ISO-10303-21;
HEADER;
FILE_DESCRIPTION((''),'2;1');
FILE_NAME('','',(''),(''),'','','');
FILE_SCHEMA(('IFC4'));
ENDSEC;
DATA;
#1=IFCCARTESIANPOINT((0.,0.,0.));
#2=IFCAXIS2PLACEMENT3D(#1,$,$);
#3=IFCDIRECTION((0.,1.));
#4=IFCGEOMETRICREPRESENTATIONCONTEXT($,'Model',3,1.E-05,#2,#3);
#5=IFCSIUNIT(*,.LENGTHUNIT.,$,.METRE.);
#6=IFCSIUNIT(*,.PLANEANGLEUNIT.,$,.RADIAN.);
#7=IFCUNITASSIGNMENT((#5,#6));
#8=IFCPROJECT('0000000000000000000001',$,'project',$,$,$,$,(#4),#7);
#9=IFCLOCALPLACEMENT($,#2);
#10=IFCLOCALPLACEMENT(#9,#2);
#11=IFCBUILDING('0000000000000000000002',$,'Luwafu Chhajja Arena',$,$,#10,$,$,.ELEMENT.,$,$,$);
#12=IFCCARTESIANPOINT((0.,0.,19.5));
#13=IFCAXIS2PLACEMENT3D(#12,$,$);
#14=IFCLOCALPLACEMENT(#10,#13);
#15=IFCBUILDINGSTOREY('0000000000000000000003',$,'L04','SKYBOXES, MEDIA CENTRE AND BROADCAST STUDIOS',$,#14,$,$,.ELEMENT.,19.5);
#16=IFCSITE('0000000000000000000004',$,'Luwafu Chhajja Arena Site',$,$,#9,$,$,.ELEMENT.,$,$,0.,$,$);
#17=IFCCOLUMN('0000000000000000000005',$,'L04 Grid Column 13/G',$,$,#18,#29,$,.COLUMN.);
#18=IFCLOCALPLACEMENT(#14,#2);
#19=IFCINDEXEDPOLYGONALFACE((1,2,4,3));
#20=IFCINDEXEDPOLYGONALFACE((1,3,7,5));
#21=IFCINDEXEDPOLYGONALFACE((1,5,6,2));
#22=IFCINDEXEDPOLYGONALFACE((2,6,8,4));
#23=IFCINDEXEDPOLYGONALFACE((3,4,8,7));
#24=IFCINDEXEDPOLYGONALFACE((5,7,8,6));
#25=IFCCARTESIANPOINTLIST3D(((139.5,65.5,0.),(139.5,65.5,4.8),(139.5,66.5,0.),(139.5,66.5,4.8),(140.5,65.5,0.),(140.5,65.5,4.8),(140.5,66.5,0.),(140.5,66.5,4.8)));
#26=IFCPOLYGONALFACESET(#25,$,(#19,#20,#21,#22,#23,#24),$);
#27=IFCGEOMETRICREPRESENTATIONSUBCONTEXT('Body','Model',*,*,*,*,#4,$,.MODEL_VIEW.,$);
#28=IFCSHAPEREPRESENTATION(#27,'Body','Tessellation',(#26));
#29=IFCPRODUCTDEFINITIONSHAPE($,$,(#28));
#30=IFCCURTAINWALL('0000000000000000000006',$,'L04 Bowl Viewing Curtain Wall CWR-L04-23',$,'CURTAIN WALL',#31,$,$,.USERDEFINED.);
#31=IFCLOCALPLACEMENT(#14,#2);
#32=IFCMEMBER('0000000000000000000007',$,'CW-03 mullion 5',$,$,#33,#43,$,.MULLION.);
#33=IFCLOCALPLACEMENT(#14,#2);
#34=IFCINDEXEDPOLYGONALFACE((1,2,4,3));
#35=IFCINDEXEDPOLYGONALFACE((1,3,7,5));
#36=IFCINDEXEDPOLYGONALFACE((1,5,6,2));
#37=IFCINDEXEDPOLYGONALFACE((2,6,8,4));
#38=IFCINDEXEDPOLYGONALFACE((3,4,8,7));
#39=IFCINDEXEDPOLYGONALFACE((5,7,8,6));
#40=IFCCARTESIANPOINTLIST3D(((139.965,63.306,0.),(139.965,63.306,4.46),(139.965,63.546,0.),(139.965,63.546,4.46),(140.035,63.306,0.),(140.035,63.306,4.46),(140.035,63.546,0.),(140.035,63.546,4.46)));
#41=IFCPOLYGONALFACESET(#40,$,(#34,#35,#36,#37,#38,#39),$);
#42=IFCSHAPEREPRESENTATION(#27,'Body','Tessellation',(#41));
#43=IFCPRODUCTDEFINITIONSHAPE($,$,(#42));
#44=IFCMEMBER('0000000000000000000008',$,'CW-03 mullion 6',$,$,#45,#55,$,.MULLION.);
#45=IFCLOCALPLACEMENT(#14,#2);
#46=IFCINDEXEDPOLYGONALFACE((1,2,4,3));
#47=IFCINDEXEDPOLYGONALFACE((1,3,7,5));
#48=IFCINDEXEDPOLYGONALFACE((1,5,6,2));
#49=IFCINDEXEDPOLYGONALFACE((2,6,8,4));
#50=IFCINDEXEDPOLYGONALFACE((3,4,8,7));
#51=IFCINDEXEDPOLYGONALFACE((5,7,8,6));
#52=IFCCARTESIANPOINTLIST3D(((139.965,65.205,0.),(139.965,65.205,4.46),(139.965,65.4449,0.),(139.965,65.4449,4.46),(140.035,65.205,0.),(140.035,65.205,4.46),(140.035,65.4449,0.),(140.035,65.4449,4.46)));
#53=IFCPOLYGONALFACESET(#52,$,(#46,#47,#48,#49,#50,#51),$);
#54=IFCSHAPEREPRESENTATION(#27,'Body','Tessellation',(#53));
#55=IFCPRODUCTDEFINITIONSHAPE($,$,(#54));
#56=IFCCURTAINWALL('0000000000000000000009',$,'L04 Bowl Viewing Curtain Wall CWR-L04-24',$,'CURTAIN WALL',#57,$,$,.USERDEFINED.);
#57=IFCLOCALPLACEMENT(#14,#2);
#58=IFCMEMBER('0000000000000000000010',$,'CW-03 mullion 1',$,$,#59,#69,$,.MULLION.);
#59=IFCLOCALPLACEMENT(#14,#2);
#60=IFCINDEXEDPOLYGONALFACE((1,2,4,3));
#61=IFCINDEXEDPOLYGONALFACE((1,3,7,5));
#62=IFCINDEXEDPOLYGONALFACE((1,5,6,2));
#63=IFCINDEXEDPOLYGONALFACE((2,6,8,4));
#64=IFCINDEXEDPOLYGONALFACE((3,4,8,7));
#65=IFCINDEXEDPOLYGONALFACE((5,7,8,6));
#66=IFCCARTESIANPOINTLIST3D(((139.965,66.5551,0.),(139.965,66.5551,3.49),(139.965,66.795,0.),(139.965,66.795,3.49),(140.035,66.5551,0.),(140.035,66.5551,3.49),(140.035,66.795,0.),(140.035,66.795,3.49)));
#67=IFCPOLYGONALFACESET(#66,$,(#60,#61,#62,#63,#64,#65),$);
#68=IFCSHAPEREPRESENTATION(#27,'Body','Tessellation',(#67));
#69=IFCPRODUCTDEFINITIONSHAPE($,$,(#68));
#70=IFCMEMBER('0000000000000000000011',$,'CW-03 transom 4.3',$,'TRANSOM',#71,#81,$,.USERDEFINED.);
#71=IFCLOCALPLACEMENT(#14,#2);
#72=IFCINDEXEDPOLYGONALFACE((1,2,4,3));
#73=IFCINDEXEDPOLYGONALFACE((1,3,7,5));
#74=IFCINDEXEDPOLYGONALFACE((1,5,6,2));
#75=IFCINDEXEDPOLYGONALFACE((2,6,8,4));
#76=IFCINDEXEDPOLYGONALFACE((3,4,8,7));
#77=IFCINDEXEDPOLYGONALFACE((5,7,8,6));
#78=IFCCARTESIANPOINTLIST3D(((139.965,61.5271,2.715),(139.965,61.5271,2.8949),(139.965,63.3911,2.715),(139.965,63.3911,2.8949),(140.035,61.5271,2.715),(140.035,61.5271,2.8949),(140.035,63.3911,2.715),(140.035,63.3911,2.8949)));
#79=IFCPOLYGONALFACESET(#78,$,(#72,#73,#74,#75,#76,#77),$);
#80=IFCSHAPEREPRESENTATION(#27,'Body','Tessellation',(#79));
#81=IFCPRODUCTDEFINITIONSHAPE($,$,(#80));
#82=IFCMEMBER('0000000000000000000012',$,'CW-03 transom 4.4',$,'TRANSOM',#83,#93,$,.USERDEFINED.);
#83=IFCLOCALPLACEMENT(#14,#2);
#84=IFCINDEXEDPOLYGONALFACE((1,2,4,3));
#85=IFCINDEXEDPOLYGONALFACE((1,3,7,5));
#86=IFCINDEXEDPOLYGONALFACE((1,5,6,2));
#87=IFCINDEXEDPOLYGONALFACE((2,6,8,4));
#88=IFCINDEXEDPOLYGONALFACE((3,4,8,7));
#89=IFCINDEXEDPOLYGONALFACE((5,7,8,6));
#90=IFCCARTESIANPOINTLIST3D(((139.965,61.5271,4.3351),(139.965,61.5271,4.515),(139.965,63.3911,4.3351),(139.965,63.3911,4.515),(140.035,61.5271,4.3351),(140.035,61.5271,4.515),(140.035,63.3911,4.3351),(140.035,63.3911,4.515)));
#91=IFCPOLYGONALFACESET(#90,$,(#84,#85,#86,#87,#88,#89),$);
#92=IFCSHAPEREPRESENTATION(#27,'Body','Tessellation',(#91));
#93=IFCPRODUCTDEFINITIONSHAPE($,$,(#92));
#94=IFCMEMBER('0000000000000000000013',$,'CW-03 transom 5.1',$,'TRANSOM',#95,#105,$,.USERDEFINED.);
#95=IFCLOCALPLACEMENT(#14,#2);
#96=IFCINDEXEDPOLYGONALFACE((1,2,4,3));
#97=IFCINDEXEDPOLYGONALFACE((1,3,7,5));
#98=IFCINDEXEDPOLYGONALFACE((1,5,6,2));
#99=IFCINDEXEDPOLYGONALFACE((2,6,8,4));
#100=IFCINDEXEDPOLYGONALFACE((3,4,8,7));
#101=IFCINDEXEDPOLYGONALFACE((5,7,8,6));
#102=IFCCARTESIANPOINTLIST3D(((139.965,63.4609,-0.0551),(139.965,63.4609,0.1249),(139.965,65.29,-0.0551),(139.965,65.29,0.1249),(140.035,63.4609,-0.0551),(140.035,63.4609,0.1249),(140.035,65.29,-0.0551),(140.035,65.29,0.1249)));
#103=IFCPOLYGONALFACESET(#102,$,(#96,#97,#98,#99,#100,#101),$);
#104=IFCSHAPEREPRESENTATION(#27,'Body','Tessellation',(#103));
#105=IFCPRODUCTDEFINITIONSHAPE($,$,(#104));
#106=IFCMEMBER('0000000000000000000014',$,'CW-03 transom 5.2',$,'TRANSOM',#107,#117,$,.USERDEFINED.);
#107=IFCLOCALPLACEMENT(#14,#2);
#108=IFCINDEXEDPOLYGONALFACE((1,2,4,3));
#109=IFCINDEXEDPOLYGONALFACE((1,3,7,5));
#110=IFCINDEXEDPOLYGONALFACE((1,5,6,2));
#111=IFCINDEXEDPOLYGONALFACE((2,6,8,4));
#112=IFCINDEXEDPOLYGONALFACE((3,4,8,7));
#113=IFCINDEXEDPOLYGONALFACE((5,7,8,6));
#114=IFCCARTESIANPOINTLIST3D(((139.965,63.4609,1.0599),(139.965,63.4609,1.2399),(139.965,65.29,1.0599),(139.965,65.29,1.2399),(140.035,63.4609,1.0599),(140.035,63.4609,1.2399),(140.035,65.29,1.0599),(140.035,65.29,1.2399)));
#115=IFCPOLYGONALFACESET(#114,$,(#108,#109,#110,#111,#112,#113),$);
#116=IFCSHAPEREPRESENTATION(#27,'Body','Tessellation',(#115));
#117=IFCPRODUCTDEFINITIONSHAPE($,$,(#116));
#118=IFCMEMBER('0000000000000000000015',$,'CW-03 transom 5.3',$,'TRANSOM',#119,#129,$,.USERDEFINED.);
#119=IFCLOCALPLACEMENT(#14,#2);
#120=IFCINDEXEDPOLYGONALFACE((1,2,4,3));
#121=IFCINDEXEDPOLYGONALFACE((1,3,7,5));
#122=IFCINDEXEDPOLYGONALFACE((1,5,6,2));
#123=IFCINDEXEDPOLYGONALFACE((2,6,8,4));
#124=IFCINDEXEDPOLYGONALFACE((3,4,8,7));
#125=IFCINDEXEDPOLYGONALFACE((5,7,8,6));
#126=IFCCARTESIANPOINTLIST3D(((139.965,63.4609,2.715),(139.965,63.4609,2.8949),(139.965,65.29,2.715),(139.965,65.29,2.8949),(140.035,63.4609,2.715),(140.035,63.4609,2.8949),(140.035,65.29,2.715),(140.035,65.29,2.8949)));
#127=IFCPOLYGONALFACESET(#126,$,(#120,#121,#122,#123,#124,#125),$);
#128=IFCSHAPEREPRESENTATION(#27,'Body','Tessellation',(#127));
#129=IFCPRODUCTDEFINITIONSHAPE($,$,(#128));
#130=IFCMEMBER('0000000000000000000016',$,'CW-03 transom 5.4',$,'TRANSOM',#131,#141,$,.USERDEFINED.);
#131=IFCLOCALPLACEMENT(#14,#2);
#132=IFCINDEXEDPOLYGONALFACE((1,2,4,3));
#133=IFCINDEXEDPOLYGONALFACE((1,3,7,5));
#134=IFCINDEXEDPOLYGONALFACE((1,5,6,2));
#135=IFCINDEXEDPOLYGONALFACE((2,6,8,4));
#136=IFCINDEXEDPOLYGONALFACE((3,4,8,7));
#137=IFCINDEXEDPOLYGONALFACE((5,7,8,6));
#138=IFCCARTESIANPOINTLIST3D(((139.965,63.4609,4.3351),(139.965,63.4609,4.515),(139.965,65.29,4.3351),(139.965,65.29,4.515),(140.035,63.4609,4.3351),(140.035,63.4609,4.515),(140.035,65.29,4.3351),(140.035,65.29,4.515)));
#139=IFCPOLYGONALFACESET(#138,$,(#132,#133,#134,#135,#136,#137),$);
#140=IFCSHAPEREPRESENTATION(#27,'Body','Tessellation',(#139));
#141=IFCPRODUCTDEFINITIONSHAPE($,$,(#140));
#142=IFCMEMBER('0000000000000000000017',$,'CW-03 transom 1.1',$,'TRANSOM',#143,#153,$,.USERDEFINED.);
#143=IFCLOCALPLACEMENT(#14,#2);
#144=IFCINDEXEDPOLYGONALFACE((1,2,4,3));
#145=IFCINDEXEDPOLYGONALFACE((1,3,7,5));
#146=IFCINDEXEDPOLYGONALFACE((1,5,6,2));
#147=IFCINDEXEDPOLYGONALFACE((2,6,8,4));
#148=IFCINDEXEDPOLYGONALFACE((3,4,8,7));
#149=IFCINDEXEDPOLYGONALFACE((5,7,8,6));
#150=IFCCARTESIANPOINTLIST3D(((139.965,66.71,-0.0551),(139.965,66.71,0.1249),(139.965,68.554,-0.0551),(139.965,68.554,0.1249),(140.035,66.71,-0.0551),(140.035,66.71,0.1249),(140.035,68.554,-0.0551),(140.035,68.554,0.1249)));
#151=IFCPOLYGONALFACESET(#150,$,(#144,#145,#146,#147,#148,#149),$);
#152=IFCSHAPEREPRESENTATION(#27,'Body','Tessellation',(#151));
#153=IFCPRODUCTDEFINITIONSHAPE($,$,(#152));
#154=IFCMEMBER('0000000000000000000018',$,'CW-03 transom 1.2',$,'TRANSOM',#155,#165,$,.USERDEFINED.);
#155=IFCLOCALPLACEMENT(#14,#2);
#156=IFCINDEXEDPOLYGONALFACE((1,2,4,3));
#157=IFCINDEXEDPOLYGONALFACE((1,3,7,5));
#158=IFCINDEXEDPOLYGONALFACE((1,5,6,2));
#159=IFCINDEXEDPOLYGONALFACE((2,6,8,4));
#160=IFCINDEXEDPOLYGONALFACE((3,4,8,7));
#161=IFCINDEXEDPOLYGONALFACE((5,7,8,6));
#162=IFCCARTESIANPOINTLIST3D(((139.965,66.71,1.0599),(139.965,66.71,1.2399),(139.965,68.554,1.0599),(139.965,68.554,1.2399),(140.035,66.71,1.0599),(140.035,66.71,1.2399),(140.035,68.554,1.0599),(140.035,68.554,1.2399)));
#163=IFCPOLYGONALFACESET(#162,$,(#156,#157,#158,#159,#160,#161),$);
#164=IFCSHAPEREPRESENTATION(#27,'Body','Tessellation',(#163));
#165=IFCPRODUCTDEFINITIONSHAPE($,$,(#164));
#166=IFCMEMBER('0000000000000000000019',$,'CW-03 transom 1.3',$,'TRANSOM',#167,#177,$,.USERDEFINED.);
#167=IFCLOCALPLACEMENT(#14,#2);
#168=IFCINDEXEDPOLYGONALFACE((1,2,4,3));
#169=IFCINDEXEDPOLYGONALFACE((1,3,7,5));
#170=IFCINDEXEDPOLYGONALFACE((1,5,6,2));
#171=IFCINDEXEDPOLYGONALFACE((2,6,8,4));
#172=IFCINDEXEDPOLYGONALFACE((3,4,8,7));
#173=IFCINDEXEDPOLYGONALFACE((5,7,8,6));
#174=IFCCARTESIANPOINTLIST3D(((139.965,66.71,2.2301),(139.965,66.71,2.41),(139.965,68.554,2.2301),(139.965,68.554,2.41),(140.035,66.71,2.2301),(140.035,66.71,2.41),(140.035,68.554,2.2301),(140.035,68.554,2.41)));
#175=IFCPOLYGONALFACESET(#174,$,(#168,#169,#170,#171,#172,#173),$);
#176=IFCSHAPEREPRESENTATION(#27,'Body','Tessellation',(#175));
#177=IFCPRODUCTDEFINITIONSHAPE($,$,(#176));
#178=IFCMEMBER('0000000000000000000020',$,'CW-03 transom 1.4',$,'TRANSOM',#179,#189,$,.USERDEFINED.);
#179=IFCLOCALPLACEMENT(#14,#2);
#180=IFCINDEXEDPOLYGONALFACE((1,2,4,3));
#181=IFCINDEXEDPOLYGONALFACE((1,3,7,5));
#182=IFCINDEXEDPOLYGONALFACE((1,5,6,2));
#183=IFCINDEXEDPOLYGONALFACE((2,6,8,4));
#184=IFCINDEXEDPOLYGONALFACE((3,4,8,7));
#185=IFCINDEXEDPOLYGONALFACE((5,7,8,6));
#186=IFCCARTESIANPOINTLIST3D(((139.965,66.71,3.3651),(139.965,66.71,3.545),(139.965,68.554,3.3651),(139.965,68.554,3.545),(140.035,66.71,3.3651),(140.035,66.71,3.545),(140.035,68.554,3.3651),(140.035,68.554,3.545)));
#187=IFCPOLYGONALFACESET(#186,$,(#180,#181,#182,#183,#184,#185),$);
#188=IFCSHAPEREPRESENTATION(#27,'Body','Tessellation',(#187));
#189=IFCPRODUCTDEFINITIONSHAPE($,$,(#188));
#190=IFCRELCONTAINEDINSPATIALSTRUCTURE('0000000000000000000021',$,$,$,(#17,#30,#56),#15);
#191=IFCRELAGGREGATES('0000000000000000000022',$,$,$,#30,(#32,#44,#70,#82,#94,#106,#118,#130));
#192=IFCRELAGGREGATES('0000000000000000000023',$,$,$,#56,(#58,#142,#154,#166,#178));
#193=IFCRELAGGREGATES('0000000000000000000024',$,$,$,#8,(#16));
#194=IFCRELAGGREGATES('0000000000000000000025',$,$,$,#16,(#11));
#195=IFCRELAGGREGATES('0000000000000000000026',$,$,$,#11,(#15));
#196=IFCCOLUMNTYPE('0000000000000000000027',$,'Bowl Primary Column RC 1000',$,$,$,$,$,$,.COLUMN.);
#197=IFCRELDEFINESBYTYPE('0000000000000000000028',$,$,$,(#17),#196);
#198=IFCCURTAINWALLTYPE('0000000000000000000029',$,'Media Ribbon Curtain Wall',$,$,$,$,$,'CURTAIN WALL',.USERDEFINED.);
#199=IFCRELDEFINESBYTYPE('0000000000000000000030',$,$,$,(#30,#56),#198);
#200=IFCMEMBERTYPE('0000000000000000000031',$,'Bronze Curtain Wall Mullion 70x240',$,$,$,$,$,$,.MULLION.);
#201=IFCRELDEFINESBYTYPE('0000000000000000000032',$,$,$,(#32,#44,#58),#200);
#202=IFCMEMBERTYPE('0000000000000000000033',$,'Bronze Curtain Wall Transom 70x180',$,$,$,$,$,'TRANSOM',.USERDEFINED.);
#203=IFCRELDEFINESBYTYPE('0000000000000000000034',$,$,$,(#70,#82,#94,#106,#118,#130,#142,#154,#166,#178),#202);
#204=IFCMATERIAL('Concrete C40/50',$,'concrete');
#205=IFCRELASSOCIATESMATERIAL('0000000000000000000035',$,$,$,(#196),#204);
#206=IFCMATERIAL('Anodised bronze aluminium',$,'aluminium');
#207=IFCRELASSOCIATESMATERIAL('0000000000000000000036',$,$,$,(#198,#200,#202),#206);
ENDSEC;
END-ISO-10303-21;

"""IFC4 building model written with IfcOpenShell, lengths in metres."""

from ifc_helpers import new_model, si_unit, direction, frame, origin, origin_2d, place, context, subcontext, project, spatial, rectangle, extrude, material, material_profile, profile_set, type_object, element, aggregate, save


model = new_model("IFC4")

# Units and contexts
model_context = context("Model", 3, precision=1e-05, world=origin(), true_north=direction((0.0, 1.0)))
body_context = subcontext(model_context, "Body", "Model", "MODEL_VIEW")
ifc_project = project(units=[si_unit("LENGTHUNIT", "METRE"), si_unit("PLANEANGLEUNIT", "RADIAN")], contexts=[model_context])

# Site, building, storey
site_placement = place(None, origin())
site = spatial("IfcSite", under=ifc_project, at=site_placement, Name="Luwafu Chhajja Arena Site", CompositionType="ELEMENT", RefElevation=0.0)
building_placement = place(site_placement, origin())
building = spatial("IfcBuilding", under=site, at=building_placement, Name="Luwafu Chhajja Arena", CompositionType="ELEMENT")
storey_placement = place(building_placement, frame((0.0, 0.0, 19.5)))
storey = spatial("IfcBuildingStorey", under=building, at=storey_placement, Name="L04", Description="SKYBOXES, MEDIA CENTRE AND BROADCAST STUDIOS", CompositionType="ELEMENT", Elevation=19.5)

# Column
ifc_material_1 = material(Name="Concrete C40/50", Category="concrete")
ifc_material_profile_1 = material_profile(ifc_material_1, rectangle(XDim=1.0, YDim=1.0, at=origin_2d()), Name="RC 1000x1000")
ifc_profile_set_1 = profile_set([ifc_material_profile_1], Name="Concrete C40/50")
column_type = type_object("IfcColumnType", Name="Bowl Primary Column RC 1000", PredefinedType="COLUMN", material=ifc_profile_set_1)
column_placement = place(storey_placement, frame((140.0, 66.0, 0.0), z_axis=(0.0, 0.0, 1.0), x_axis=(1.0, 0.0, 0.0)))
element("IfcColumn", 1, at=column_placement, inside=storey, type_object=column_type, Name="L04 Grid Column 13/G", PredefinedType="COLUMN", context=body_context, shape_type="SweptSolid", body=[
    extrude(rectangle(XDim=1.0, YDim=1.0, at=origin_2d()), origin(), (0.0, 0.0, 1.0), 4.8),
])

# Curtain wall, members
ifc_material_2 = material(Name="Anodised bronze aluminium", Category="aluminium")
curtain_wall_type = type_object("IfcCurtainWallType", Name="Media Ribbon Curtain Wall", ElementType="CURTAIN WALL", PredefinedType="USERDEFINED", material=ifc_material_2)
curtain_wall_1_placement = place(storey_placement, origin())
curtain_wall_1 = element("IfcCurtainWall", 2, at=curtain_wall_1_placement, inside=storey, type_object=curtain_wall_type, Name="L04 Bowl Viewing Curtain Wall CWR-L04-23", ObjectType="CURTAIN WALL", PredefinedType="USERDEFINED")
ifc_material_profile_2 = material_profile(ifc_material_2, rectangle(XDim=0.0701, YDim=0.24, at=origin_2d()), Name="CWM 70x240")
ifc_profile_set_2 = profile_set([ifc_material_profile_2], Name="Anodised bronze aluminium")
member_type_1 = type_object("IfcMemberType", Name="Bronze Curtain Wall Mullion 70x240", PredefinedType="MULLION", material=ifc_profile_set_2)
member_1_placement = place(storey_placement, frame((140.0, 63.426, 0.0), z_axis=(0.0, 0.0, 1.0), x_axis=(-1.0, 0.0, 0.0)))
member_1 = element("IfcMember", 3, at=member_1_placement, type_object=member_type_1, Name="CW-03 mullion 5", PredefinedType="MULLION", context=body_context, shape_type="SweptSolid", body=[
    extrude(rectangle(XDim=0.0701, YDim=0.24, at=origin_2d()), origin(), (0.0, 0.0, 1.0), 4.46),
])
member_2_placement = place(storey_placement, frame((140.0, 65.325, 0.0), z_axis=(0.0, 0.0, 1.0), x_axis=(-1.0, 0.0, 0.0)))
member_2 = element("IfcMember", 4, at=member_2_placement, type_object=member_type_1, Name="CW-03 mullion 6", PredefinedType="MULLION", context=body_context, shape_type="SweptSolid", body=[
    extrude(rectangle(XDim=0.0701, YDim=0.24, at=origin_2d()), origin(), (0.0, 0.0, 1.0), 4.46),
])

# Curtain wall, member
curtain_wall_2_placement = place(storey_placement, origin())
curtain_wall_2 = element("IfcCurtainWall", 5, at=curtain_wall_2_placement, inside=storey, type_object=curtain_wall_type, Name="L04 Bowl Viewing Curtain Wall CWR-L04-24", ObjectType="CURTAIN WALL", PredefinedType="USERDEFINED")
member_3_placement = place(storey_placement, frame((140.0, 66.675, 0.0), z_axis=(0.0, 0.0, 1.0), x_axis=(-1.0, 0.0, 0.0)))
member_3 = element("IfcMember", 6, at=member_3_placement, type_object=member_type_1, Name="CW-03 mullion 1", PredefinedType="MULLION", context=body_context, shape_type="SweptSolid", body=[
    extrude(rectangle(XDim=0.0701, YDim=0.24, at=origin_2d()), origin(), (0.0, 0.0, 1.0), 3.49),
])

# Members
ifc_material_profile_3 = material_profile(ifc_material_2, rectangle(XDim=0.0701, YDim=0.1799, at=origin_2d()), Name="CWT 70x180")
ifc_profile_set_3 = profile_set([ifc_material_profile_3], Name="Anodised bronze aluminium")
member_type_2 = type_object("IfcMemberType", Name="Bronze Curtain Wall Transom 70x180", ElementType="TRANSOM", PredefinedType="USERDEFINED", material=ifc_profile_set_3)
member_4_placement = place(storey_placement, frame((140.0, 61.5271, 2.8049), z_axis=(0.0, 1.0, 0.0), x_axis=(-1.0, 0.0, 0.0)))
member_4 = element("IfcMember", 7, at=member_4_placement, type_object=member_type_2, Name="CW-03 transom 4.3", ObjectType="TRANSOM", PredefinedType="USERDEFINED", context=body_context, shape_type="SweptSolid", body=[
    extrude(rectangle(XDim=0.0701, YDim=0.1799, at=origin_2d()), origin(), (0.0, 0.0, 1.0), 1.864),
])
member_5_placement = place(storey_placement, frame((140.0, 61.5271, 4.425), z_axis=(0.0, 1.0, 0.0), x_axis=(-1.0, 0.0, 0.0)))
member_5 = element("IfcMember", 8, at=member_5_placement, type_object=member_type_2, Name="CW-03 transom 4.4", ObjectType="TRANSOM", PredefinedType="USERDEFINED", context=body_context, shape_type="SweptSolid", body=[
    extrude(rectangle(XDim=0.0701, YDim=0.1799, at=origin_2d()), origin(), (0.0, 0.0, 1.0), 1.864),
])
member_6_placement = place(storey_placement, frame((140.0, 63.4609, 0.0349), z_axis=(0.0, 1.0, 0.0), x_axis=(-1.0, 0.0, 0.0)))
member_6 = element("IfcMember", 9, at=member_6_placement, type_object=member_type_2, Name="CW-03 transom 5.1", ObjectType="TRANSOM", PredefinedType="USERDEFINED", context=body_context, shape_type="SweptSolid", body=[
    extrude(rectangle(XDim=0.0701, YDim=0.1799, at=origin_2d()), origin(), (0.0, 0.0, 1.0), 1.8291),
])
member_7_placement = place(storey_placement, frame((140.0, 63.4609, 1.1499), z_axis=(0.0, 1.0, 0.0), x_axis=(-1.0, 0.0, 0.0)))
member_7 = element("IfcMember", 10, at=member_7_placement, type_object=member_type_2, Name="CW-03 transom 5.2", ObjectType="TRANSOM", PredefinedType="USERDEFINED", context=body_context, shape_type="SweptSolid", body=[
    extrude(rectangle(XDim=0.0701, YDim=0.1799, at=origin_2d()), origin(), (0.0, 0.0, 1.0), 1.8291),
])
member_8_placement = place(storey_placement, frame((140.0, 63.4609, 2.8049), z_axis=(0.0, 1.0, 0.0), x_axis=(-1.0, 0.0, 0.0)))
member_8 = element("IfcMember", 11, at=member_8_placement, type_object=member_type_2, Name="CW-03 transom 5.3", ObjectType="TRANSOM", PredefinedType="USERDEFINED", context=body_context, shape_type="SweptSolid", body=[
    extrude(rectangle(XDim=0.0701, YDim=0.1799, at=origin_2d()), origin(), (0.0, 0.0, 1.0), 1.8291),
])
member_9_placement = place(storey_placement, frame((140.0, 63.4609, 4.425), z_axis=(0.0, 1.0, 0.0), x_axis=(-1.0, 0.0, 0.0)))
member_9 = element("IfcMember", 12, at=member_9_placement, type_object=member_type_2, Name="CW-03 transom 5.4", ObjectType="TRANSOM", PredefinedType="USERDEFINED", context=body_context, shape_type="SweptSolid", body=[
    extrude(rectangle(XDim=0.0701, YDim=0.1799, at=origin_2d()), origin(), (0.0, 0.0, 1.0), 1.8291),
])
member_10_placement = place(storey_placement, frame((140.0, 66.71, 0.0349), z_axis=(0.0, 1.0, 0.0), x_axis=(-1.0, 0.0, 0.0)))
member_10 = element("IfcMember", 13, at=member_10_placement, type_object=member_type_2, Name="CW-03 transom 1.1", ObjectType="TRANSOM", PredefinedType="USERDEFINED", context=body_context, shape_type="SweptSolid", body=[
    extrude(rectangle(XDim=0.0701, YDim=0.1799, at=origin_2d()), origin(), (0.0, 0.0, 1.0), 1.844),
])
member_11_placement = place(storey_placement, frame((140.0, 66.71, 1.1499), z_axis=(0.0, 1.0, 0.0), x_axis=(-1.0, 0.0, 0.0)))
member_11 = element("IfcMember", 14, at=member_11_placement, type_object=member_type_2, Name="CW-03 transom 1.2", ObjectType="TRANSOM", PredefinedType="USERDEFINED", context=body_context, shape_type="SweptSolid", body=[
    extrude(rectangle(XDim=0.0701, YDim=0.1799, at=origin_2d()), origin(), (0.0, 0.0, 1.0), 1.844),
])
member_12_placement = place(storey_placement, frame((140.0, 66.71, 2.3201), z_axis=(0.0, 1.0, 0.0), x_axis=(-1.0, 0.0, 0.0)))
member_12 = element("IfcMember", 15, at=member_12_placement, type_object=member_type_2, Name="CW-03 transom 1.3", ObjectType="TRANSOM", PredefinedType="USERDEFINED", context=body_context, shape_type="SweptSolid", body=[
    extrude(rectangle(XDim=0.0701, YDim=0.1799, at=origin_2d()), origin(), (0.0, 0.0, 1.0), 1.844),
])
member_13_placement = place(storey_placement, frame((140.0, 66.71, 3.4551), z_axis=(0.0, 1.0, 0.0), x_axis=(-1.0, 0.0, 0.0)))
member_13 = element("IfcMember", 16, at=member_13_placement, type_object=member_type_2, Name="CW-03 transom 1.4", ObjectType="TRANSOM", PredefinedType="USERDEFINED", context=body_context, shape_type="SweptSolid", body=[
    extrude(rectangle(XDim=0.0701, YDim=0.1799, at=origin_2d()), origin(), (0.0, 0.0, 1.0), 1.844),
])

aggregate(curtain_wall_1, [member_1, member_2, member_4, member_5, member_6, member_7, member_8, member_9])
aggregate(curtain_wall_2, [member_3, member_10, member_11, member_12, member_13])

save(model, "model.ifc")
